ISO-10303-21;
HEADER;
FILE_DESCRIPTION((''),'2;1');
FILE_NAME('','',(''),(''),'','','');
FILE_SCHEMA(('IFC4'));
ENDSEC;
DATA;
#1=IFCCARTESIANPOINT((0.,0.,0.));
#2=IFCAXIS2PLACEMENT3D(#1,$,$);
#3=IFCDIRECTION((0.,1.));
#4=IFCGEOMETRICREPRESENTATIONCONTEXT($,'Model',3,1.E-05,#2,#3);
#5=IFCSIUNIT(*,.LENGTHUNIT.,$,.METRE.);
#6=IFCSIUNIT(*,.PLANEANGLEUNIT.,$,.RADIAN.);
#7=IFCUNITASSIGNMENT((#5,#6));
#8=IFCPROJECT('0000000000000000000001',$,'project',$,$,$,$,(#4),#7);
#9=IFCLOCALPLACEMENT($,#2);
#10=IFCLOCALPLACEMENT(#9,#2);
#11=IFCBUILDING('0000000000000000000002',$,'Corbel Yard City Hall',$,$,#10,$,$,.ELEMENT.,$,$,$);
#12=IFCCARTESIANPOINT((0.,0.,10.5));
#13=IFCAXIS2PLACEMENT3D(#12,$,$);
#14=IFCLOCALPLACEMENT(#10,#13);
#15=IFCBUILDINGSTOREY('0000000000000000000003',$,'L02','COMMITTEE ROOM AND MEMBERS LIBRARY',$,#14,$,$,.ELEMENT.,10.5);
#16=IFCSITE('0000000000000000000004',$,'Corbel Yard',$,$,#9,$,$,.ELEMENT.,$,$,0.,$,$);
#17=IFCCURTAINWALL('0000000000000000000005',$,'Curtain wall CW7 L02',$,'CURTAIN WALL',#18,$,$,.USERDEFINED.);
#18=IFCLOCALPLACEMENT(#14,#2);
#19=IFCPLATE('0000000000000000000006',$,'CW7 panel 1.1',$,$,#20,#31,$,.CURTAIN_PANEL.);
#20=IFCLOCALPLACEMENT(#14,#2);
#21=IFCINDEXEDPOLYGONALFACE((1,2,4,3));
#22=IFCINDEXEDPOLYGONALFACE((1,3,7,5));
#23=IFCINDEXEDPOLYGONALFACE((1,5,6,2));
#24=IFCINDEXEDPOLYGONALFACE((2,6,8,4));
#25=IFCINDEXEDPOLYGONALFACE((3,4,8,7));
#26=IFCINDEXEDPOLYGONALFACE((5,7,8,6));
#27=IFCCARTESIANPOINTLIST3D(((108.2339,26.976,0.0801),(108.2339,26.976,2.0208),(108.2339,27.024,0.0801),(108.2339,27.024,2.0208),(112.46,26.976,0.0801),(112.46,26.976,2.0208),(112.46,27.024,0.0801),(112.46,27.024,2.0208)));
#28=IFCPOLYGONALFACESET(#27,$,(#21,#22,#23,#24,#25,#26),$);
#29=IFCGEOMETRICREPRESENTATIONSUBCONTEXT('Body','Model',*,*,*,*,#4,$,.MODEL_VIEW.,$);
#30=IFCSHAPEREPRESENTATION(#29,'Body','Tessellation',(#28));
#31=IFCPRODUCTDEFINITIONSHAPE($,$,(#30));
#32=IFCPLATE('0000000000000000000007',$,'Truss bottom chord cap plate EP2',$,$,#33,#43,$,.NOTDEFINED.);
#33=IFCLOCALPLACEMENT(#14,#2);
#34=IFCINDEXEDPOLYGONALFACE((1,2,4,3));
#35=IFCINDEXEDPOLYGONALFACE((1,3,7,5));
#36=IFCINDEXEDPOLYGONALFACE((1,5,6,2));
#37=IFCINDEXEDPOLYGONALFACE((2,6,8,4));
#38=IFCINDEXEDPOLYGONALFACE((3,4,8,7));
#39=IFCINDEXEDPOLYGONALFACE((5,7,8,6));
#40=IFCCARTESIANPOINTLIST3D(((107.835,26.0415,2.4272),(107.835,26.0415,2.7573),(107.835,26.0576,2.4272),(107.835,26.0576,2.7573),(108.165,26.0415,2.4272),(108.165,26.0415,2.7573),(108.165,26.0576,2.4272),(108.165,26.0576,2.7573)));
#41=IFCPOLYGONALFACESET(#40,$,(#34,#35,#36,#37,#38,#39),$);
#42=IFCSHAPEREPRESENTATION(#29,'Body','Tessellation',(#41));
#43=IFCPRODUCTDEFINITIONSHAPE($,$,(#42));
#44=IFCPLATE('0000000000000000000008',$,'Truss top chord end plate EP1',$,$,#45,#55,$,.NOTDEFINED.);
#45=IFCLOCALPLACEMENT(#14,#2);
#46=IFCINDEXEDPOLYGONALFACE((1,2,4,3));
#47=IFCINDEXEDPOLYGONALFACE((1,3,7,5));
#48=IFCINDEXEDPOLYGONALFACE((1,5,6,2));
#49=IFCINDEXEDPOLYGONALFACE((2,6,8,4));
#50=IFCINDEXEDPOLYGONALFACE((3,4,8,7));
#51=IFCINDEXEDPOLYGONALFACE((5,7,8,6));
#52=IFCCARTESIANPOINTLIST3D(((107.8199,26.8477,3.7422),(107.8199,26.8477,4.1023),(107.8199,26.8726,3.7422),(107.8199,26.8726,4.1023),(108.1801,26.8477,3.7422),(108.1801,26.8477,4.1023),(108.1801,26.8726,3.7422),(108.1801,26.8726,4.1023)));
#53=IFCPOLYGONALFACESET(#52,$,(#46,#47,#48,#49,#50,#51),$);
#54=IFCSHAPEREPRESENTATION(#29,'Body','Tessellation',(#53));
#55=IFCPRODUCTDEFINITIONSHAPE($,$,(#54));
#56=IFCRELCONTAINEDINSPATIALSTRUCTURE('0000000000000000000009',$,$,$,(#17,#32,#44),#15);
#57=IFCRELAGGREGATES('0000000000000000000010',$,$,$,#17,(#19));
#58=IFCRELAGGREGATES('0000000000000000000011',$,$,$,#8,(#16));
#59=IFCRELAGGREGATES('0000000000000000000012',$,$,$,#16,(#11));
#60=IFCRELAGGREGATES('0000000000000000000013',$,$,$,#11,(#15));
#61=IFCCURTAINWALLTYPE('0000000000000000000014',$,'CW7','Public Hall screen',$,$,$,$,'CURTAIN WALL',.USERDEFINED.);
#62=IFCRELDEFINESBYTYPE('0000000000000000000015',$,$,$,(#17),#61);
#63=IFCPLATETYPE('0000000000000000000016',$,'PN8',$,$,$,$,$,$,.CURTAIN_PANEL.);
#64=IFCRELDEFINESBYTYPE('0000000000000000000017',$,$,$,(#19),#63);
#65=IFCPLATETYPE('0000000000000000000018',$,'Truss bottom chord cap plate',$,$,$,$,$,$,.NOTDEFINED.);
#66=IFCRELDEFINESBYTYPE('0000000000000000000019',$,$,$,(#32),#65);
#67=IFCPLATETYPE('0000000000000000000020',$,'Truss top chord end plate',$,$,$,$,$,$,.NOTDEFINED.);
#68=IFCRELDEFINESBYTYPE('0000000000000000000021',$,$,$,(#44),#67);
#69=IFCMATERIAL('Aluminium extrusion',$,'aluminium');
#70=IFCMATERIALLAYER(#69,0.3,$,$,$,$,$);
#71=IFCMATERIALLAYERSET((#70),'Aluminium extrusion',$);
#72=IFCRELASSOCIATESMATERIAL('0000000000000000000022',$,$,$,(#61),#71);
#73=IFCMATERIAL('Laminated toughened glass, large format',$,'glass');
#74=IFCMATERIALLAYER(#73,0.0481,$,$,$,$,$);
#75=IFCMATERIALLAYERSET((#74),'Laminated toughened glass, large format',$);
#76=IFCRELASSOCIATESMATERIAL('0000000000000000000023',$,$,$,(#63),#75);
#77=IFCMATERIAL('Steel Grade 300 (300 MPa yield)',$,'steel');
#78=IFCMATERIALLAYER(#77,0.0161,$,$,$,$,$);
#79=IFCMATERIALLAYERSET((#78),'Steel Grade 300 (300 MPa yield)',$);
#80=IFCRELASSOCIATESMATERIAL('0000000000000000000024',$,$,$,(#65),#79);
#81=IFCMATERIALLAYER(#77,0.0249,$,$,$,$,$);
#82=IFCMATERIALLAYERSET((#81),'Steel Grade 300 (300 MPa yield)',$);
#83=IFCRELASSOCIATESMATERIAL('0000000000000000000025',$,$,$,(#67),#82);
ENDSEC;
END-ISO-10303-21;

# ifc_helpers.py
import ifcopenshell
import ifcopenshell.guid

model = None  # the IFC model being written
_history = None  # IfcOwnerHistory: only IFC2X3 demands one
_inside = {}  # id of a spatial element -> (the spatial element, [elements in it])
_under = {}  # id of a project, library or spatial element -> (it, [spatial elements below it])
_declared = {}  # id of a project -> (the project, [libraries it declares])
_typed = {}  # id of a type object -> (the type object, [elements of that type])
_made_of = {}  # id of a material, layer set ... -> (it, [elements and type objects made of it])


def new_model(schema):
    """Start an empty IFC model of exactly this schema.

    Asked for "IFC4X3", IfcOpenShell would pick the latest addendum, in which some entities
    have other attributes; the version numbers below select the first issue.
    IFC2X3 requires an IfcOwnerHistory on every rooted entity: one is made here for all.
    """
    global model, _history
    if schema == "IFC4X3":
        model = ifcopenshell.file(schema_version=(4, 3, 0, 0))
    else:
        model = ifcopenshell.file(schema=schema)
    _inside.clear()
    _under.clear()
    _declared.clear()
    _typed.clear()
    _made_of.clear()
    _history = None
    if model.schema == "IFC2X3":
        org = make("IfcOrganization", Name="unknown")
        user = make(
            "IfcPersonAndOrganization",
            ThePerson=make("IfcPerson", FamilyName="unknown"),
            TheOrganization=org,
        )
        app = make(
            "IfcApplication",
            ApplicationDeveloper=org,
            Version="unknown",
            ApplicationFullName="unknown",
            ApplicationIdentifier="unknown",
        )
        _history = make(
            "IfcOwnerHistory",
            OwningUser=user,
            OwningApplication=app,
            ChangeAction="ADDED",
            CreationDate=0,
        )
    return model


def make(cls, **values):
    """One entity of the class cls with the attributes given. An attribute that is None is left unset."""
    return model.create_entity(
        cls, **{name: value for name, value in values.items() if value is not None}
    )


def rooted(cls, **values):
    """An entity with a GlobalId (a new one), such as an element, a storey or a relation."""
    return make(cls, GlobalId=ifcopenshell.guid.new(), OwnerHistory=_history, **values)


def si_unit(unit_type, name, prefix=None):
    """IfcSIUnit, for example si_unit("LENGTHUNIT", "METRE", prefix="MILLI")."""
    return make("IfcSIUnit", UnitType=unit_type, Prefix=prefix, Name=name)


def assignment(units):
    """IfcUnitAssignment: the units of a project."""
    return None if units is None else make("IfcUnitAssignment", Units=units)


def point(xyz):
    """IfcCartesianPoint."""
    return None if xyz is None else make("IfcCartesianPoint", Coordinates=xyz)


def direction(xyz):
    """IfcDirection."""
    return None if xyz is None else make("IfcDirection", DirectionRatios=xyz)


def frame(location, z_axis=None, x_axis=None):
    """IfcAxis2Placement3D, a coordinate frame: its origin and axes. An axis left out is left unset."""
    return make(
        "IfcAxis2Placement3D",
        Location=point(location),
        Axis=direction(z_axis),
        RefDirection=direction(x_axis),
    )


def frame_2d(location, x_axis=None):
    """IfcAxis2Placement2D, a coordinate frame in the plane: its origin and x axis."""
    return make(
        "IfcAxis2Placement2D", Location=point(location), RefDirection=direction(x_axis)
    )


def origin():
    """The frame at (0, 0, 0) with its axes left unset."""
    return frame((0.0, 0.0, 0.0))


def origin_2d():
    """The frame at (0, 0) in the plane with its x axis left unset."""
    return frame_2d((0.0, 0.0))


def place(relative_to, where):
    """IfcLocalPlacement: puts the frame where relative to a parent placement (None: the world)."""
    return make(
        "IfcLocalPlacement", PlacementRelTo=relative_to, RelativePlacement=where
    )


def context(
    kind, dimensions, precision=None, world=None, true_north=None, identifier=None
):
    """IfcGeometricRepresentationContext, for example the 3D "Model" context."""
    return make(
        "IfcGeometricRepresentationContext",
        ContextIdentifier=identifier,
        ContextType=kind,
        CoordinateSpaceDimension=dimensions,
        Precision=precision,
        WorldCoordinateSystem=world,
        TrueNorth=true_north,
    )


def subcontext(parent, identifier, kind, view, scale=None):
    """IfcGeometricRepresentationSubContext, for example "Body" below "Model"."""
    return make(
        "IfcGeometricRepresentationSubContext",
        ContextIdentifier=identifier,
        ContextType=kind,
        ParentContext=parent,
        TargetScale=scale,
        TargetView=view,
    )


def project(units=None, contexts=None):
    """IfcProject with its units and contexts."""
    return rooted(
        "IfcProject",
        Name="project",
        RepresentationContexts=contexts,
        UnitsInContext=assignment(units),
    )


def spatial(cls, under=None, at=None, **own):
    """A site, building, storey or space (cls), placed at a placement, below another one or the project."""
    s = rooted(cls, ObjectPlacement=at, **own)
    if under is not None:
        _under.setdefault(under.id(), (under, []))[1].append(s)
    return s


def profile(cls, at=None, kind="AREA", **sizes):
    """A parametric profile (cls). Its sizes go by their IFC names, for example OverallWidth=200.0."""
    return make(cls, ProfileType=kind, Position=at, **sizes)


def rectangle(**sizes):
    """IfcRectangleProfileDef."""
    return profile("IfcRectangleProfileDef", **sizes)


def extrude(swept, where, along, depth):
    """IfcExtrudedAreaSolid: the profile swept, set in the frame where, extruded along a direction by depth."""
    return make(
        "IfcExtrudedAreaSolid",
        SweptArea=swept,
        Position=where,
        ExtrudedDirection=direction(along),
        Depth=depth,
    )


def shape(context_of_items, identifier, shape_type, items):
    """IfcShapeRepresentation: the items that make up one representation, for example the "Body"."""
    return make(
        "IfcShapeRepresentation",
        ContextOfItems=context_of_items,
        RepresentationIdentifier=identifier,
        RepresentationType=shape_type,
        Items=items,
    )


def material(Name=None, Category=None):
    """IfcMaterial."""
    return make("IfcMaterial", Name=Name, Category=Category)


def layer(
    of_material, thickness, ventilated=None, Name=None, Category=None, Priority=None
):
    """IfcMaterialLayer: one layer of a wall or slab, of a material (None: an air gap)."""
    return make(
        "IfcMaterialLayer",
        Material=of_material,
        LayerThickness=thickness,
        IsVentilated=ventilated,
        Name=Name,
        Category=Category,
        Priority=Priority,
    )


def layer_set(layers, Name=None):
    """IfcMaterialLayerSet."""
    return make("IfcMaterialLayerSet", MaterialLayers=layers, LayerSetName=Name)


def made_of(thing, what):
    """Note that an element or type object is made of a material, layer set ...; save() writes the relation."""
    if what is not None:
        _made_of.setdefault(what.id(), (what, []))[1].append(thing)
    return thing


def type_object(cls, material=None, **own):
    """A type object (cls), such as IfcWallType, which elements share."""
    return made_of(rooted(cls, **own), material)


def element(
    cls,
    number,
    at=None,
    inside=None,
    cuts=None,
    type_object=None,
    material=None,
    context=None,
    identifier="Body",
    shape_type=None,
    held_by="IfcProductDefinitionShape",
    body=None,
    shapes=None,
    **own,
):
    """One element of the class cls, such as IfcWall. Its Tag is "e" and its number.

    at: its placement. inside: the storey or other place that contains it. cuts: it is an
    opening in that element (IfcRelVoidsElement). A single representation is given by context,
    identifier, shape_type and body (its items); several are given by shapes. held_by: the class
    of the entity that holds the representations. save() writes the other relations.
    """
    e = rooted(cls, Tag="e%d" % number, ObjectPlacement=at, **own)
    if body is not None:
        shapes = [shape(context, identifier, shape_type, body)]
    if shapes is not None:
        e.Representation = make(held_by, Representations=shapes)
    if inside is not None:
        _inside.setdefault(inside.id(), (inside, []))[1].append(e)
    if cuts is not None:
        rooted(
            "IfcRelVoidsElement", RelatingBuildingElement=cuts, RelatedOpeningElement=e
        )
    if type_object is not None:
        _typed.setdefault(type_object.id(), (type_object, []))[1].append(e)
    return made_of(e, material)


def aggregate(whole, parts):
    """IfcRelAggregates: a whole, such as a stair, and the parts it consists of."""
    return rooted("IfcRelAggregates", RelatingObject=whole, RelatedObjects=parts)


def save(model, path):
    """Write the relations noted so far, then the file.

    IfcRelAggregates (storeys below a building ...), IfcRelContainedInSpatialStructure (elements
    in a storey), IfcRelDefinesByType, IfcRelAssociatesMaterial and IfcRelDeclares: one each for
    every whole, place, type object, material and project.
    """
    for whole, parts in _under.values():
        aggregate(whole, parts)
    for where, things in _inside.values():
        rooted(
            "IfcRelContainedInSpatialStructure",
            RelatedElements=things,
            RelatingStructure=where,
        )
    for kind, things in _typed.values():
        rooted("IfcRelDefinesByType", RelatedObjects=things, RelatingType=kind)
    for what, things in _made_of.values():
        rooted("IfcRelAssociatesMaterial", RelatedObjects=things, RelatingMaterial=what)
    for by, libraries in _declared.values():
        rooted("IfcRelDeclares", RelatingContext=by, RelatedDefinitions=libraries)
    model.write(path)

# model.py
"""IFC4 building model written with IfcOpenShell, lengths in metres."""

from ifc_helpers import new_model, si_unit, direction, frame, origin, origin_2d, place, context, subcontext, project, spatial, rectangle, extrude, material, layer, layer_set, type_object, element, aggregate, save


model = new_model("IFC4")

# Units and contexts
model_context = context("Model", 3, precision=1e-05, world=origin(), true_north=direction((0.0, 1.0)))
body_context = subcontext(model_context, "Body", "Model", "MODEL_VIEW")
ifc_project = project(units=[si_unit("LENGTHUNIT", "METRE"), si_unit("PLANEANGLEUNIT", "RADIAN")], contexts=[model_context])

# Site, building, storey
site_placement = place(None, origin())
site = spatial("IfcSite", under=ifc_project, at=site_placement, Name="Corbel Yard", CompositionType="ELEMENT", RefElevation=0.0)
building_placement = place(site_placement, origin())
building = spatial("IfcBuilding", under=site, at=building_placement, Name="Corbel Yard City Hall", CompositionType="ELEMENT")
storey_placement = place(building_placement, frame((0.0, 0.0, 10.5)))
storey = spatial("IfcBuildingStorey", under=building, at=storey_placement, Name="L02", Description="COMMITTEE ROOM AND MEMBERS LIBRARY", CompositionType="ELEMENT", Elevation=10.5)

# Shared definitions
ifc_material_1 = material(Name="Steel Grade 300 (300 MPa yield)", Category="steel")

# Curtain wall
ifc_material_2 = material(Name="Aluminium extrusion", Category="aluminium")
ifc_layer_1 = layer(ifc_material_2, 0.3)
ifc_layer_set_1 = layer_set([ifc_layer_1], Name="Aluminium extrusion")
curtain_wall_type = type_object("IfcCurtainWallType", Name="CW7", Description="Public Hall screen", ElementType="CURTAIN WALL", PredefinedType="USERDEFINED", material=ifc_layer_set_1)
curtain_wall_1_placement = place(storey_placement, origin())
curtain_wall_1 = element("IfcCurtainWall", 1, at=curtain_wall_1_placement, inside=storey, type_object=curtain_wall_type, Name="Curtain wall CW7 L02", ObjectType="CURTAIN WALL", PredefinedType="USERDEFINED")

# Plate
ifc_material_3 = material(Name="Laminated toughened glass, large format", Category="glass")
ifc_layer_2 = layer(ifc_material_3, 0.0481)
ifc_layer_set_2 = layer_set([ifc_layer_2], Name="Laminated toughened glass, large format")
plate_type_1 = type_object("IfcPlateType", Name="PN8", PredefinedType="CURTAIN_PANEL", material=ifc_layer_set_2)
plate_1_placement = place(storey_placement, frame((110.3469, 27.0, 0.0801), z_axis=(0.0, 0.0, 1.0), x_axis=(1.0, 0.0, 0.0)))
plate_1 = element("IfcPlate", 2, at=plate_1_placement, type_object=plate_type_1, Name="CW7 panel 1.1", PredefinedType="CURTAIN_PANEL", context=body_context, shape_type="SweptSolid", body=[
    extrude(rectangle(XDim=4.2261, YDim=0.0481, at=origin_2d()), origin(), (0.0, 0.0, 1.0), 1.9407),
])
aggregate(curtain_wall_1, [plate_1])

# Plates
ifc_layer_3 = layer(ifc_material_1, 0.0161)
ifc_layer_set_3 = layer_set([ifc_layer_3], Name="Steel Grade 300 (300 MPa yield)")
plate_type_2 = type_object("IfcPlateType", Name="Truss bottom chord cap plate", PredefinedType="NOTDEFINED", material=ifc_layer_set_3)
plate_2_placement = place(storey_placement, frame((108.0, 26.0496, 2.4272), z_axis=(0.0, 0.0, 1.0), x_axis=(1.0, 0.0, 0.0)))
element("IfcPlate", 3, at=plate_2_placement, inside=storey, type_object=plate_type_2, Name="Truss bottom chord cap plate EP2", PredefinedType="NOTDEFINED", context=body_context, shape_type="SweptSolid", body=[
    extrude(rectangle(XDim=0.3301, YDim=0.0161, at=origin_2d()), origin(), (0.0, 0.0, 1.0), 0.3301),
])
ifc_layer_4 = layer(ifc_material_1, 0.0249)
ifc_layer_set_4 = layer_set([ifc_layer_4], Name="Steel Grade 300 (300 MPa yield)")
plate_type_3 = type_object("IfcPlateType", Name="Truss top chord end plate", PredefinedType="NOTDEFINED", material=ifc_layer_set_4)
plate_3_placement = place(storey_placement, frame((108.0, 26.8601, 3.7422), z_axis=(0.0, 0.0, 1.0), x_axis=(1.0, 0.0, 0.0)))
element("IfcPlate", 4, at=plate_3_placement, inside=storey, type_object=plate_type_3, Name="Truss top chord end plate EP1", PredefinedType="NOTDEFINED", context=body_context, shape_type="SweptSolid", body=[
    extrude(rectangle(XDim=0.3601, YDim=0.0249, at=origin_2d()), origin(), (0.0, 0.0, 1.0), 0.3601),
])

save(model, "model.ifc")
